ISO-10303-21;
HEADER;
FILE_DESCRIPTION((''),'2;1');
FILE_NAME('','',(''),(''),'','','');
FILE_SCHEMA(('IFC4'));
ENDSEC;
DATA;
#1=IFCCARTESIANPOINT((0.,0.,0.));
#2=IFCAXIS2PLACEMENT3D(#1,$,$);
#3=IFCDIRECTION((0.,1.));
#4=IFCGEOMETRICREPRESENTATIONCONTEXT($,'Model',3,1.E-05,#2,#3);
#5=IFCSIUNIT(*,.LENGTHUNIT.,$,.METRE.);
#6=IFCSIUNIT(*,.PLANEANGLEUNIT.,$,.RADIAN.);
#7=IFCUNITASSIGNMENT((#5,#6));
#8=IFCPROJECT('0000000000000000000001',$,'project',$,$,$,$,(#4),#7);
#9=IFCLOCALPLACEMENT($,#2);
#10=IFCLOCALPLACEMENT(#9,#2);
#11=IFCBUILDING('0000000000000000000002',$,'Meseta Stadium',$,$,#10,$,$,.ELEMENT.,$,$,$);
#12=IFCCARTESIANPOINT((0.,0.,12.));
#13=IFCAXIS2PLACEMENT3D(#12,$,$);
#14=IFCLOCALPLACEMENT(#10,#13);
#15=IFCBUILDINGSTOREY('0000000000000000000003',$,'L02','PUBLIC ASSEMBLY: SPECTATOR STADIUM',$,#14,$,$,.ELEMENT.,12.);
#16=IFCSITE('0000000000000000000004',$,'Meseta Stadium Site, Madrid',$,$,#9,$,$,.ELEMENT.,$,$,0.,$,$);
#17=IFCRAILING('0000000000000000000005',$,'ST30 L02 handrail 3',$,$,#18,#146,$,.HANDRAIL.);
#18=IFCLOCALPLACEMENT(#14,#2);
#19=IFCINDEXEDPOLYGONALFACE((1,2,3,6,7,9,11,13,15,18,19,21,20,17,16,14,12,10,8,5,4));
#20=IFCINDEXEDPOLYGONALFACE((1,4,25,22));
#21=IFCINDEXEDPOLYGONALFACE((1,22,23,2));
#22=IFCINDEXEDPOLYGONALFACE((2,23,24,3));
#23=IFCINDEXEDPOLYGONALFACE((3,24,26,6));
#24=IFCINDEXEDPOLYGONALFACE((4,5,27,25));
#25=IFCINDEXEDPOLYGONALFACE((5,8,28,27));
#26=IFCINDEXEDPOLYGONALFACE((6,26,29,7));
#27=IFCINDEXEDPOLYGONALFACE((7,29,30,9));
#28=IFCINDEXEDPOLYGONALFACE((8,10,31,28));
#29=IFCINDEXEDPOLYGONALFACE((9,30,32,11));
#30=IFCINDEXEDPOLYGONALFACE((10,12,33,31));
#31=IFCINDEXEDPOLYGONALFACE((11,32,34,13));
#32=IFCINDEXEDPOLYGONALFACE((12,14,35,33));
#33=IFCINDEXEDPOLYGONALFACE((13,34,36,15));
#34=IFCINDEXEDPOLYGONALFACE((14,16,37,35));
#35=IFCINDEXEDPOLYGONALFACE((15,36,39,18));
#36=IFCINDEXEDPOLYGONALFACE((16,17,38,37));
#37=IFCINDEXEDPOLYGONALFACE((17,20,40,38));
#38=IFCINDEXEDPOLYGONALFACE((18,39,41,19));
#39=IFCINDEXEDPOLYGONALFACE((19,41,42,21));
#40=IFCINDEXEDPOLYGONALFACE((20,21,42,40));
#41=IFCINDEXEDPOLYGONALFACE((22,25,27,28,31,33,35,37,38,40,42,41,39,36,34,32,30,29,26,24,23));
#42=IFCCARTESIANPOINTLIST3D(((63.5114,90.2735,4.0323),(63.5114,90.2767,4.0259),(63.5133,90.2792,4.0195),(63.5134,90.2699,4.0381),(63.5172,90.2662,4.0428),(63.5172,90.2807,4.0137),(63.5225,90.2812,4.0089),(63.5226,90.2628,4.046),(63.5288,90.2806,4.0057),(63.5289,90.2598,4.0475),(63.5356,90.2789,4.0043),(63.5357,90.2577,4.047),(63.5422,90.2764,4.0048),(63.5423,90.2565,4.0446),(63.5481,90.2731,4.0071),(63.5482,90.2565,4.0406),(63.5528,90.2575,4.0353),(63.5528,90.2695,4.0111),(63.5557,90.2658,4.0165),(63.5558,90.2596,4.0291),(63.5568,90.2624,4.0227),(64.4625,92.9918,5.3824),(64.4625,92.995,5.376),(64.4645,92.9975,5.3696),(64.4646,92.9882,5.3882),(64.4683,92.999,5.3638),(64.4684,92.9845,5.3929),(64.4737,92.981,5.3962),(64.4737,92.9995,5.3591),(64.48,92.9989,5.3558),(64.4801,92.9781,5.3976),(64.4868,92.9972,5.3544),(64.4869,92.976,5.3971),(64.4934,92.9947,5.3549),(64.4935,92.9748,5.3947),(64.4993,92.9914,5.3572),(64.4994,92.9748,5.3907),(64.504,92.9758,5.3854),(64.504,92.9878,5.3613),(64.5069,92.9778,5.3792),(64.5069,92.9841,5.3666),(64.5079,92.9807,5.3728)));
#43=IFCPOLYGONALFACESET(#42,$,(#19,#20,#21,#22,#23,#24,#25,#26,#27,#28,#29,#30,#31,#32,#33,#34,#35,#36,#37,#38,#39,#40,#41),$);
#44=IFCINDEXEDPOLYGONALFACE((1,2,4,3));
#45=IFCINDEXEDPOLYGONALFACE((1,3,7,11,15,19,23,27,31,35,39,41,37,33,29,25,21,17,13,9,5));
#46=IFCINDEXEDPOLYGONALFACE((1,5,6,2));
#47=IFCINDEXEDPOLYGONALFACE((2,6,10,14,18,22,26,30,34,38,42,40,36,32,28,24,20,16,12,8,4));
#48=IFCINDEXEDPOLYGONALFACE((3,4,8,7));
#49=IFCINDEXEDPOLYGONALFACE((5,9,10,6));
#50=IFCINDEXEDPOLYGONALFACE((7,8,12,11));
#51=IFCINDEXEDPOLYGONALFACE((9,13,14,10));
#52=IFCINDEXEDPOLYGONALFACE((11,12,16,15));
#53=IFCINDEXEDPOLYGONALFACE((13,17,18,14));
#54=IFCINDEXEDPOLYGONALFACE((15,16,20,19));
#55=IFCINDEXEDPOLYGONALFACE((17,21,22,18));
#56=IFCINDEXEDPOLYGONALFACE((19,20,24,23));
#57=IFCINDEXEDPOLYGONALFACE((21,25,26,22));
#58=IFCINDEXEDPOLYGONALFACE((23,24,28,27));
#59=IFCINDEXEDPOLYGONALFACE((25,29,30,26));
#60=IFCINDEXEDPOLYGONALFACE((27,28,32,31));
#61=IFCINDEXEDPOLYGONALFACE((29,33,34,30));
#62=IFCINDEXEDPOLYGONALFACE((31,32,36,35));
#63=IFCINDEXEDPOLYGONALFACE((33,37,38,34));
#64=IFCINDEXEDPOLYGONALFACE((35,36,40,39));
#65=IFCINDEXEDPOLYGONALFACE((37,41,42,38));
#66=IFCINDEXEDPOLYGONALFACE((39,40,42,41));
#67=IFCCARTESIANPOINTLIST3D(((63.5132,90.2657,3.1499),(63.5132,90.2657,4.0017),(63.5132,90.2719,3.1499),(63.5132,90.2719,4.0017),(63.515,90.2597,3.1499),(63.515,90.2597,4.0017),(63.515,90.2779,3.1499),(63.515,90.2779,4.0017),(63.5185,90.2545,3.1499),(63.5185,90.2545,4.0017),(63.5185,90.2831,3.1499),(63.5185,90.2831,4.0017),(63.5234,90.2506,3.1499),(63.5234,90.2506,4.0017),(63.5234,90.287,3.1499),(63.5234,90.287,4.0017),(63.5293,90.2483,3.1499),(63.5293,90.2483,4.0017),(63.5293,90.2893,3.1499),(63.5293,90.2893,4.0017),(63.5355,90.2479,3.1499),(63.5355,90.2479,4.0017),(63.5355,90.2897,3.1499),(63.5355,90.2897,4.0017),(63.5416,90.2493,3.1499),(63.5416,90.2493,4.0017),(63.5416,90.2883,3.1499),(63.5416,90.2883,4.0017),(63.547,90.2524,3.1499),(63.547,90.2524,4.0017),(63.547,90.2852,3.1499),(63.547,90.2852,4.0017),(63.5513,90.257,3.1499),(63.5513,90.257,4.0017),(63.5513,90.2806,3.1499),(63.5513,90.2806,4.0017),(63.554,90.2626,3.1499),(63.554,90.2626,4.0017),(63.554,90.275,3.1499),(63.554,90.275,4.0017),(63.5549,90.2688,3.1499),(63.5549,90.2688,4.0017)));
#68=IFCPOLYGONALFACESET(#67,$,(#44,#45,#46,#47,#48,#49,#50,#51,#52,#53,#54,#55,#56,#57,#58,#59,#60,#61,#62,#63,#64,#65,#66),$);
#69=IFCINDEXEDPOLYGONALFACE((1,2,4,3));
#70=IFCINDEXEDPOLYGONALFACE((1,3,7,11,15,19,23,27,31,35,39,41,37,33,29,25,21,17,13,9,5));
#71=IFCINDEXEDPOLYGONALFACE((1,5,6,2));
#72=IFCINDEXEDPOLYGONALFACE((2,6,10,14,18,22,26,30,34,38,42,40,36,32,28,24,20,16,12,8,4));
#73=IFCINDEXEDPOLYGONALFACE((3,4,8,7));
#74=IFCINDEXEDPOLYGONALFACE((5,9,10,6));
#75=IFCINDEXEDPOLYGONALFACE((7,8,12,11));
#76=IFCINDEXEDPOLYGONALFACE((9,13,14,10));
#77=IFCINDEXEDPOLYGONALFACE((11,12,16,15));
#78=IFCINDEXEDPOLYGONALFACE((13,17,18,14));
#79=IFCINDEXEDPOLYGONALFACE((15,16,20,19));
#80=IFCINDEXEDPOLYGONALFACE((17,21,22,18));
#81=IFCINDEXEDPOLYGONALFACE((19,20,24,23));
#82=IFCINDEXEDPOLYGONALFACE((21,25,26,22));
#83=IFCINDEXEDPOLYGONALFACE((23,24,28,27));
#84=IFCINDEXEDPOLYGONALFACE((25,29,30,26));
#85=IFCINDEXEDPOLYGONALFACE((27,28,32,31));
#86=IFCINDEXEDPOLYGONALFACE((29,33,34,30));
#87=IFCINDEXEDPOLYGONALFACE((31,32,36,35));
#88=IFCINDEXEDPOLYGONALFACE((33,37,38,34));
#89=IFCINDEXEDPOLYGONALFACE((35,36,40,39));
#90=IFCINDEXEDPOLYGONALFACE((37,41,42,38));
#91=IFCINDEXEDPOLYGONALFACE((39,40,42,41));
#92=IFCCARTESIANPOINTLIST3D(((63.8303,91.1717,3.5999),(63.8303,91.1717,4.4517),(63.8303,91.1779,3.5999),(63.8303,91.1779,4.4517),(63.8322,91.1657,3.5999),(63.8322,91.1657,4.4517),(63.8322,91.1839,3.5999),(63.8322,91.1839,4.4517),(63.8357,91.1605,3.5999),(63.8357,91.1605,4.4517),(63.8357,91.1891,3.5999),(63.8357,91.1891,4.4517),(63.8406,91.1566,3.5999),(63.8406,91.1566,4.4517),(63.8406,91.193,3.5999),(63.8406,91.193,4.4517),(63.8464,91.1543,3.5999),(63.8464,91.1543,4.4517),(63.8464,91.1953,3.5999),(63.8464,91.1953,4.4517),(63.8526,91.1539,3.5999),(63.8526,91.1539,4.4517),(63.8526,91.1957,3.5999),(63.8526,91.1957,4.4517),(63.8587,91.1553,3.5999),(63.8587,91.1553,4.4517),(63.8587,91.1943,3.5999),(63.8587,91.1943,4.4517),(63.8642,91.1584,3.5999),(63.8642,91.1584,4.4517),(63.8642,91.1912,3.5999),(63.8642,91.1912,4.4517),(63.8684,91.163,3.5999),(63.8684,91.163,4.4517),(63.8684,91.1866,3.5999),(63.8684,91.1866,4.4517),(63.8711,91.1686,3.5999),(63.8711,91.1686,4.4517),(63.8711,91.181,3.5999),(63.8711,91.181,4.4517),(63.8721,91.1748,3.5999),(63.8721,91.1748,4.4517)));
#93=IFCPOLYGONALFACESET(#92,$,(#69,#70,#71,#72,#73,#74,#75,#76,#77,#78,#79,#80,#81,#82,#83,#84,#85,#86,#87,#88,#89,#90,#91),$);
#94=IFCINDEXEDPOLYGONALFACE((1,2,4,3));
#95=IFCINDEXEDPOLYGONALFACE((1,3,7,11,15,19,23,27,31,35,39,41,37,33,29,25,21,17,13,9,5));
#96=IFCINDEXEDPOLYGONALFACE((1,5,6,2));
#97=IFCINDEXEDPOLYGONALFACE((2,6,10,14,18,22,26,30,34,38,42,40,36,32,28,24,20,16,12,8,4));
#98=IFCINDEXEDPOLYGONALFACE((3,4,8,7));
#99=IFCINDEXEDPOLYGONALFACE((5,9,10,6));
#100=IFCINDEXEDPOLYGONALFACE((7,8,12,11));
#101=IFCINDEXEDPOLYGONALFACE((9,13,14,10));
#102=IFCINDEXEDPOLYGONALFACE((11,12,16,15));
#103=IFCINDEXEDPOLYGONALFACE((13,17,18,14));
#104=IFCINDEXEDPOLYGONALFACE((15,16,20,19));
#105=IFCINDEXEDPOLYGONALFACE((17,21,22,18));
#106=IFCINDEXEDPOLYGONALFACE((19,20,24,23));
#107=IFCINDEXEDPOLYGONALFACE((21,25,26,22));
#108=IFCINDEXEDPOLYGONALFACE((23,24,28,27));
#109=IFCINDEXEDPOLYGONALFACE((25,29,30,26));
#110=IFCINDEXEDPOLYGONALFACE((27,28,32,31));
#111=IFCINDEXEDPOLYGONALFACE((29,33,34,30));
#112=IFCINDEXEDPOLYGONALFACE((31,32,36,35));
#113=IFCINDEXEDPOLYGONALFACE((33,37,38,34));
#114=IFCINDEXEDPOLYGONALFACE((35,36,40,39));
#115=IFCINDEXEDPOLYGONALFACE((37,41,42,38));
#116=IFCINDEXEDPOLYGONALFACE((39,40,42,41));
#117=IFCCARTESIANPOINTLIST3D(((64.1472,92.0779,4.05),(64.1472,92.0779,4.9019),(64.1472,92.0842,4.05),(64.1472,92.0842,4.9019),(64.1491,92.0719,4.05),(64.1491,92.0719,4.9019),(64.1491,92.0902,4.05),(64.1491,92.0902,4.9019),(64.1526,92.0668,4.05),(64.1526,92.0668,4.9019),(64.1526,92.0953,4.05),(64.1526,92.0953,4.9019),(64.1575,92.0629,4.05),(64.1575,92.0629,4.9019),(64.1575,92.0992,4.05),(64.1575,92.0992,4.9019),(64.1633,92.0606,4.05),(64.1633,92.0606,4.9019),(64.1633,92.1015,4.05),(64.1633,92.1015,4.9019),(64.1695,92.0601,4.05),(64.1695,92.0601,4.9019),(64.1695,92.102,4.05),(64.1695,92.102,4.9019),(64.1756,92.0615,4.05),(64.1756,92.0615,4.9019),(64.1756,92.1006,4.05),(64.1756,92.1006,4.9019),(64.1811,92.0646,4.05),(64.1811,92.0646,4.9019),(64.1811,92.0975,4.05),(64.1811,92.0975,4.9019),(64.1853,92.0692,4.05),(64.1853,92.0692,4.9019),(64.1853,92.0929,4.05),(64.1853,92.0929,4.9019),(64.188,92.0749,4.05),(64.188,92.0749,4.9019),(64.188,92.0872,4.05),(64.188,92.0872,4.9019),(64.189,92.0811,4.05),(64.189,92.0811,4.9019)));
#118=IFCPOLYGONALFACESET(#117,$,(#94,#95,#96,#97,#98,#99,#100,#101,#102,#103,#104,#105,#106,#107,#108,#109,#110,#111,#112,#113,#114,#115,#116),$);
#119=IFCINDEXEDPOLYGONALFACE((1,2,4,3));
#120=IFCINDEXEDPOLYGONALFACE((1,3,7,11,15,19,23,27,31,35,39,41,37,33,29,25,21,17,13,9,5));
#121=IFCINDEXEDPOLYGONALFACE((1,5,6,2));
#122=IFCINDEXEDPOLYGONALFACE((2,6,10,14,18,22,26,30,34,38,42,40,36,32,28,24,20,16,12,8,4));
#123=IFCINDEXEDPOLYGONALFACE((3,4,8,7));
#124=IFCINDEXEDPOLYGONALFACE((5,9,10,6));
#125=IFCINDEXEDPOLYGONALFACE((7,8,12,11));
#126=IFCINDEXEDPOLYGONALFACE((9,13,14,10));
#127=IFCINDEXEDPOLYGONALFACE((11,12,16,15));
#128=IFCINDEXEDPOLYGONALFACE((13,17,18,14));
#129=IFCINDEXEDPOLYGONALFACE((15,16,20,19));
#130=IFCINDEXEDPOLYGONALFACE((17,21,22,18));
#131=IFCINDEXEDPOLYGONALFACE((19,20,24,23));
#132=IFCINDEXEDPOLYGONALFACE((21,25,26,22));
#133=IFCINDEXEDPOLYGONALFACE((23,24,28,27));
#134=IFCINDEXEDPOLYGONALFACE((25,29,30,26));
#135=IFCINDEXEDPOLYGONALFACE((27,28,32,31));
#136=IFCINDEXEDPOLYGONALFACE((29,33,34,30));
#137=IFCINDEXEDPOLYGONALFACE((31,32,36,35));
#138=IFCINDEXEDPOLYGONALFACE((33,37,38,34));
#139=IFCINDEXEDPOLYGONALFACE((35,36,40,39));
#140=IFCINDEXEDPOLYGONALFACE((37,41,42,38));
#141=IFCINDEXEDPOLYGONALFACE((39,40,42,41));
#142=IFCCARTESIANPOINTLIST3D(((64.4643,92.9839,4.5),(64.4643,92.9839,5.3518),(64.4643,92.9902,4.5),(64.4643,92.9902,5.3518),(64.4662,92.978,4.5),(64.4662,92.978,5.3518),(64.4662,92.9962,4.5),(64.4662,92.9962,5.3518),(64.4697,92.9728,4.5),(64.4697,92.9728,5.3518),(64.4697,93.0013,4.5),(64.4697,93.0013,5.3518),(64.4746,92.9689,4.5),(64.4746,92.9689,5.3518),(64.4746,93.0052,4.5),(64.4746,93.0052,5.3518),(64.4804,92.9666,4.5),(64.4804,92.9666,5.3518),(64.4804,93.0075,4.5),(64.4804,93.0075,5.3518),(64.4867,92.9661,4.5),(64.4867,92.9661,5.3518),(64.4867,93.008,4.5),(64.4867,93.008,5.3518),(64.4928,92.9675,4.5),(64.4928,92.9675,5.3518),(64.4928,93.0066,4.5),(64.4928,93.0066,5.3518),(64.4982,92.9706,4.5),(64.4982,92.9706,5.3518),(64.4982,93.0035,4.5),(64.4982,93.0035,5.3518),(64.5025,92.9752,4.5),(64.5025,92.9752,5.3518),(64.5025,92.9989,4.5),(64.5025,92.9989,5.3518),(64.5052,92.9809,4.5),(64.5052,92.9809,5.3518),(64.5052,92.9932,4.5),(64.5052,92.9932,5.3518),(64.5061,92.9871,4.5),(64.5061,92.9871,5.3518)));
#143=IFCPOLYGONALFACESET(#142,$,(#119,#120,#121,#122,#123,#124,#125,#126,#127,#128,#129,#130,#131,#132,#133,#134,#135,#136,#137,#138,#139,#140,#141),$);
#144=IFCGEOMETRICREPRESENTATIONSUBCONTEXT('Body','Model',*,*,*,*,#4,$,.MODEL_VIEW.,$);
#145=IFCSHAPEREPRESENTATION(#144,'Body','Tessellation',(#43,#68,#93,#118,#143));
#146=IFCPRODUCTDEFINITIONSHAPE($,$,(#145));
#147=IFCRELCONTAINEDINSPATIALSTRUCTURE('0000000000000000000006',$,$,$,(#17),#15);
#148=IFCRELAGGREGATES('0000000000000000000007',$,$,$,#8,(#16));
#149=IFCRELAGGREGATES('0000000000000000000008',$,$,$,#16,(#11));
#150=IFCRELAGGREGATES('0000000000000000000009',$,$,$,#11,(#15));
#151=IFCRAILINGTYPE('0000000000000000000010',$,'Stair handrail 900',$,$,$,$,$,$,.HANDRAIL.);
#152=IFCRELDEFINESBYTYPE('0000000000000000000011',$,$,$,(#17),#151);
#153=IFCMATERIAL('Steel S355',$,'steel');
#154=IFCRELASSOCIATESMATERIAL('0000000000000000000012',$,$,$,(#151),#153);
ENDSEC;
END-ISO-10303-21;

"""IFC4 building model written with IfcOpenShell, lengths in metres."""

from ifc_helpers import new_model, si_unit, direction, frame, origin, origin_2d, place, context, subcontext, project, spatial, circle, extrude, material, type_object, element, save


model = new_model("IFC4")

# Units and contexts
model_context = context("Model", 3, precision=1e-05, world=origin(), true_north=direction((0.0, 1.0)))
body_context = subcontext(model_context, "Body", "Model", "MODEL_VIEW")
ifc_project = project(units=[si_unit("LENGTHUNIT", "METRE"), si_unit("PLANEANGLEUNIT", "RADIAN")], contexts=[model_context])

# Site, building, storey
site_placement = place(None, origin())
site = spatial("IfcSite", under=ifc_project, at=site_placement, Name="Meseta Stadium Site, Madrid", CompositionType="ELEMENT", RefElevation=0.0)
building_placement = place(site_placement, origin())
building = spatial("IfcBuilding", under=site, at=building_placement, Name="Meseta Stadium", CompositionType="ELEMENT")
storey_placement = place(building_placement, frame((0.0, 0.0, 12.0)))
storey = spatial("IfcBuildingStorey", under=building, at=storey_placement, Name="L02", Description="PUBLIC ASSEMBLY: SPECTATOR STADIUM", CompositionType="ELEMENT", Elevation=12.0)

# Railing
ifc_material_1 = material(Name="Steel S355", Category="steel")
railing_type_1 = type_object("IfcRailingType", Name="Stair handrail 900", PredefinedType="HANDRAIL", material=ifc_material_1)
for number, where, name in (
    (1, (63.5339, 90.2688, 3.1499), "ST30 L02 handrail 3"),
):
    element("IfcRailing", number, at=place(storey_placement, frame(where)), inside=storey, type_object=railing_type_1, Name=name, PredefinedType="HANDRAIL", context=body_context, shape_type="SweptSolid", body=[
        extrude(circle(Radius=0.0239, at=origin_2d()), frame((0.0, 0.0, 0.876), z_axis=(0.299051, 0.854629, 0.424474), x_axis=(-0.943882, 0.330282, 0.0)), (0.0, 0.0, 1.0), 3.1807),
        extrude(circle(Radius=0.021, at=origin_2d()), origin(), (0.0, 0.0, 1.0), 0.8518),
        extrude(circle(Radius=0.021, at=origin_2d()), frame((0.3171, 0.906, 0.45)), (0.0, 0.0, 1.0), 0.8518),
        extrude(circle(Radius=0.021, at=origin_2d()), frame((0.634, 1.8123, 0.9001)), (0.0, 0.0, 1.0), 0.8518),
        extrude(circle(Radius=0.021, at=origin_2d()), frame((0.9512, 2.7183, 1.3501)), (0.0, 0.0, 1.0), 0.8518),
    ])

save(model, "model.ifc")
